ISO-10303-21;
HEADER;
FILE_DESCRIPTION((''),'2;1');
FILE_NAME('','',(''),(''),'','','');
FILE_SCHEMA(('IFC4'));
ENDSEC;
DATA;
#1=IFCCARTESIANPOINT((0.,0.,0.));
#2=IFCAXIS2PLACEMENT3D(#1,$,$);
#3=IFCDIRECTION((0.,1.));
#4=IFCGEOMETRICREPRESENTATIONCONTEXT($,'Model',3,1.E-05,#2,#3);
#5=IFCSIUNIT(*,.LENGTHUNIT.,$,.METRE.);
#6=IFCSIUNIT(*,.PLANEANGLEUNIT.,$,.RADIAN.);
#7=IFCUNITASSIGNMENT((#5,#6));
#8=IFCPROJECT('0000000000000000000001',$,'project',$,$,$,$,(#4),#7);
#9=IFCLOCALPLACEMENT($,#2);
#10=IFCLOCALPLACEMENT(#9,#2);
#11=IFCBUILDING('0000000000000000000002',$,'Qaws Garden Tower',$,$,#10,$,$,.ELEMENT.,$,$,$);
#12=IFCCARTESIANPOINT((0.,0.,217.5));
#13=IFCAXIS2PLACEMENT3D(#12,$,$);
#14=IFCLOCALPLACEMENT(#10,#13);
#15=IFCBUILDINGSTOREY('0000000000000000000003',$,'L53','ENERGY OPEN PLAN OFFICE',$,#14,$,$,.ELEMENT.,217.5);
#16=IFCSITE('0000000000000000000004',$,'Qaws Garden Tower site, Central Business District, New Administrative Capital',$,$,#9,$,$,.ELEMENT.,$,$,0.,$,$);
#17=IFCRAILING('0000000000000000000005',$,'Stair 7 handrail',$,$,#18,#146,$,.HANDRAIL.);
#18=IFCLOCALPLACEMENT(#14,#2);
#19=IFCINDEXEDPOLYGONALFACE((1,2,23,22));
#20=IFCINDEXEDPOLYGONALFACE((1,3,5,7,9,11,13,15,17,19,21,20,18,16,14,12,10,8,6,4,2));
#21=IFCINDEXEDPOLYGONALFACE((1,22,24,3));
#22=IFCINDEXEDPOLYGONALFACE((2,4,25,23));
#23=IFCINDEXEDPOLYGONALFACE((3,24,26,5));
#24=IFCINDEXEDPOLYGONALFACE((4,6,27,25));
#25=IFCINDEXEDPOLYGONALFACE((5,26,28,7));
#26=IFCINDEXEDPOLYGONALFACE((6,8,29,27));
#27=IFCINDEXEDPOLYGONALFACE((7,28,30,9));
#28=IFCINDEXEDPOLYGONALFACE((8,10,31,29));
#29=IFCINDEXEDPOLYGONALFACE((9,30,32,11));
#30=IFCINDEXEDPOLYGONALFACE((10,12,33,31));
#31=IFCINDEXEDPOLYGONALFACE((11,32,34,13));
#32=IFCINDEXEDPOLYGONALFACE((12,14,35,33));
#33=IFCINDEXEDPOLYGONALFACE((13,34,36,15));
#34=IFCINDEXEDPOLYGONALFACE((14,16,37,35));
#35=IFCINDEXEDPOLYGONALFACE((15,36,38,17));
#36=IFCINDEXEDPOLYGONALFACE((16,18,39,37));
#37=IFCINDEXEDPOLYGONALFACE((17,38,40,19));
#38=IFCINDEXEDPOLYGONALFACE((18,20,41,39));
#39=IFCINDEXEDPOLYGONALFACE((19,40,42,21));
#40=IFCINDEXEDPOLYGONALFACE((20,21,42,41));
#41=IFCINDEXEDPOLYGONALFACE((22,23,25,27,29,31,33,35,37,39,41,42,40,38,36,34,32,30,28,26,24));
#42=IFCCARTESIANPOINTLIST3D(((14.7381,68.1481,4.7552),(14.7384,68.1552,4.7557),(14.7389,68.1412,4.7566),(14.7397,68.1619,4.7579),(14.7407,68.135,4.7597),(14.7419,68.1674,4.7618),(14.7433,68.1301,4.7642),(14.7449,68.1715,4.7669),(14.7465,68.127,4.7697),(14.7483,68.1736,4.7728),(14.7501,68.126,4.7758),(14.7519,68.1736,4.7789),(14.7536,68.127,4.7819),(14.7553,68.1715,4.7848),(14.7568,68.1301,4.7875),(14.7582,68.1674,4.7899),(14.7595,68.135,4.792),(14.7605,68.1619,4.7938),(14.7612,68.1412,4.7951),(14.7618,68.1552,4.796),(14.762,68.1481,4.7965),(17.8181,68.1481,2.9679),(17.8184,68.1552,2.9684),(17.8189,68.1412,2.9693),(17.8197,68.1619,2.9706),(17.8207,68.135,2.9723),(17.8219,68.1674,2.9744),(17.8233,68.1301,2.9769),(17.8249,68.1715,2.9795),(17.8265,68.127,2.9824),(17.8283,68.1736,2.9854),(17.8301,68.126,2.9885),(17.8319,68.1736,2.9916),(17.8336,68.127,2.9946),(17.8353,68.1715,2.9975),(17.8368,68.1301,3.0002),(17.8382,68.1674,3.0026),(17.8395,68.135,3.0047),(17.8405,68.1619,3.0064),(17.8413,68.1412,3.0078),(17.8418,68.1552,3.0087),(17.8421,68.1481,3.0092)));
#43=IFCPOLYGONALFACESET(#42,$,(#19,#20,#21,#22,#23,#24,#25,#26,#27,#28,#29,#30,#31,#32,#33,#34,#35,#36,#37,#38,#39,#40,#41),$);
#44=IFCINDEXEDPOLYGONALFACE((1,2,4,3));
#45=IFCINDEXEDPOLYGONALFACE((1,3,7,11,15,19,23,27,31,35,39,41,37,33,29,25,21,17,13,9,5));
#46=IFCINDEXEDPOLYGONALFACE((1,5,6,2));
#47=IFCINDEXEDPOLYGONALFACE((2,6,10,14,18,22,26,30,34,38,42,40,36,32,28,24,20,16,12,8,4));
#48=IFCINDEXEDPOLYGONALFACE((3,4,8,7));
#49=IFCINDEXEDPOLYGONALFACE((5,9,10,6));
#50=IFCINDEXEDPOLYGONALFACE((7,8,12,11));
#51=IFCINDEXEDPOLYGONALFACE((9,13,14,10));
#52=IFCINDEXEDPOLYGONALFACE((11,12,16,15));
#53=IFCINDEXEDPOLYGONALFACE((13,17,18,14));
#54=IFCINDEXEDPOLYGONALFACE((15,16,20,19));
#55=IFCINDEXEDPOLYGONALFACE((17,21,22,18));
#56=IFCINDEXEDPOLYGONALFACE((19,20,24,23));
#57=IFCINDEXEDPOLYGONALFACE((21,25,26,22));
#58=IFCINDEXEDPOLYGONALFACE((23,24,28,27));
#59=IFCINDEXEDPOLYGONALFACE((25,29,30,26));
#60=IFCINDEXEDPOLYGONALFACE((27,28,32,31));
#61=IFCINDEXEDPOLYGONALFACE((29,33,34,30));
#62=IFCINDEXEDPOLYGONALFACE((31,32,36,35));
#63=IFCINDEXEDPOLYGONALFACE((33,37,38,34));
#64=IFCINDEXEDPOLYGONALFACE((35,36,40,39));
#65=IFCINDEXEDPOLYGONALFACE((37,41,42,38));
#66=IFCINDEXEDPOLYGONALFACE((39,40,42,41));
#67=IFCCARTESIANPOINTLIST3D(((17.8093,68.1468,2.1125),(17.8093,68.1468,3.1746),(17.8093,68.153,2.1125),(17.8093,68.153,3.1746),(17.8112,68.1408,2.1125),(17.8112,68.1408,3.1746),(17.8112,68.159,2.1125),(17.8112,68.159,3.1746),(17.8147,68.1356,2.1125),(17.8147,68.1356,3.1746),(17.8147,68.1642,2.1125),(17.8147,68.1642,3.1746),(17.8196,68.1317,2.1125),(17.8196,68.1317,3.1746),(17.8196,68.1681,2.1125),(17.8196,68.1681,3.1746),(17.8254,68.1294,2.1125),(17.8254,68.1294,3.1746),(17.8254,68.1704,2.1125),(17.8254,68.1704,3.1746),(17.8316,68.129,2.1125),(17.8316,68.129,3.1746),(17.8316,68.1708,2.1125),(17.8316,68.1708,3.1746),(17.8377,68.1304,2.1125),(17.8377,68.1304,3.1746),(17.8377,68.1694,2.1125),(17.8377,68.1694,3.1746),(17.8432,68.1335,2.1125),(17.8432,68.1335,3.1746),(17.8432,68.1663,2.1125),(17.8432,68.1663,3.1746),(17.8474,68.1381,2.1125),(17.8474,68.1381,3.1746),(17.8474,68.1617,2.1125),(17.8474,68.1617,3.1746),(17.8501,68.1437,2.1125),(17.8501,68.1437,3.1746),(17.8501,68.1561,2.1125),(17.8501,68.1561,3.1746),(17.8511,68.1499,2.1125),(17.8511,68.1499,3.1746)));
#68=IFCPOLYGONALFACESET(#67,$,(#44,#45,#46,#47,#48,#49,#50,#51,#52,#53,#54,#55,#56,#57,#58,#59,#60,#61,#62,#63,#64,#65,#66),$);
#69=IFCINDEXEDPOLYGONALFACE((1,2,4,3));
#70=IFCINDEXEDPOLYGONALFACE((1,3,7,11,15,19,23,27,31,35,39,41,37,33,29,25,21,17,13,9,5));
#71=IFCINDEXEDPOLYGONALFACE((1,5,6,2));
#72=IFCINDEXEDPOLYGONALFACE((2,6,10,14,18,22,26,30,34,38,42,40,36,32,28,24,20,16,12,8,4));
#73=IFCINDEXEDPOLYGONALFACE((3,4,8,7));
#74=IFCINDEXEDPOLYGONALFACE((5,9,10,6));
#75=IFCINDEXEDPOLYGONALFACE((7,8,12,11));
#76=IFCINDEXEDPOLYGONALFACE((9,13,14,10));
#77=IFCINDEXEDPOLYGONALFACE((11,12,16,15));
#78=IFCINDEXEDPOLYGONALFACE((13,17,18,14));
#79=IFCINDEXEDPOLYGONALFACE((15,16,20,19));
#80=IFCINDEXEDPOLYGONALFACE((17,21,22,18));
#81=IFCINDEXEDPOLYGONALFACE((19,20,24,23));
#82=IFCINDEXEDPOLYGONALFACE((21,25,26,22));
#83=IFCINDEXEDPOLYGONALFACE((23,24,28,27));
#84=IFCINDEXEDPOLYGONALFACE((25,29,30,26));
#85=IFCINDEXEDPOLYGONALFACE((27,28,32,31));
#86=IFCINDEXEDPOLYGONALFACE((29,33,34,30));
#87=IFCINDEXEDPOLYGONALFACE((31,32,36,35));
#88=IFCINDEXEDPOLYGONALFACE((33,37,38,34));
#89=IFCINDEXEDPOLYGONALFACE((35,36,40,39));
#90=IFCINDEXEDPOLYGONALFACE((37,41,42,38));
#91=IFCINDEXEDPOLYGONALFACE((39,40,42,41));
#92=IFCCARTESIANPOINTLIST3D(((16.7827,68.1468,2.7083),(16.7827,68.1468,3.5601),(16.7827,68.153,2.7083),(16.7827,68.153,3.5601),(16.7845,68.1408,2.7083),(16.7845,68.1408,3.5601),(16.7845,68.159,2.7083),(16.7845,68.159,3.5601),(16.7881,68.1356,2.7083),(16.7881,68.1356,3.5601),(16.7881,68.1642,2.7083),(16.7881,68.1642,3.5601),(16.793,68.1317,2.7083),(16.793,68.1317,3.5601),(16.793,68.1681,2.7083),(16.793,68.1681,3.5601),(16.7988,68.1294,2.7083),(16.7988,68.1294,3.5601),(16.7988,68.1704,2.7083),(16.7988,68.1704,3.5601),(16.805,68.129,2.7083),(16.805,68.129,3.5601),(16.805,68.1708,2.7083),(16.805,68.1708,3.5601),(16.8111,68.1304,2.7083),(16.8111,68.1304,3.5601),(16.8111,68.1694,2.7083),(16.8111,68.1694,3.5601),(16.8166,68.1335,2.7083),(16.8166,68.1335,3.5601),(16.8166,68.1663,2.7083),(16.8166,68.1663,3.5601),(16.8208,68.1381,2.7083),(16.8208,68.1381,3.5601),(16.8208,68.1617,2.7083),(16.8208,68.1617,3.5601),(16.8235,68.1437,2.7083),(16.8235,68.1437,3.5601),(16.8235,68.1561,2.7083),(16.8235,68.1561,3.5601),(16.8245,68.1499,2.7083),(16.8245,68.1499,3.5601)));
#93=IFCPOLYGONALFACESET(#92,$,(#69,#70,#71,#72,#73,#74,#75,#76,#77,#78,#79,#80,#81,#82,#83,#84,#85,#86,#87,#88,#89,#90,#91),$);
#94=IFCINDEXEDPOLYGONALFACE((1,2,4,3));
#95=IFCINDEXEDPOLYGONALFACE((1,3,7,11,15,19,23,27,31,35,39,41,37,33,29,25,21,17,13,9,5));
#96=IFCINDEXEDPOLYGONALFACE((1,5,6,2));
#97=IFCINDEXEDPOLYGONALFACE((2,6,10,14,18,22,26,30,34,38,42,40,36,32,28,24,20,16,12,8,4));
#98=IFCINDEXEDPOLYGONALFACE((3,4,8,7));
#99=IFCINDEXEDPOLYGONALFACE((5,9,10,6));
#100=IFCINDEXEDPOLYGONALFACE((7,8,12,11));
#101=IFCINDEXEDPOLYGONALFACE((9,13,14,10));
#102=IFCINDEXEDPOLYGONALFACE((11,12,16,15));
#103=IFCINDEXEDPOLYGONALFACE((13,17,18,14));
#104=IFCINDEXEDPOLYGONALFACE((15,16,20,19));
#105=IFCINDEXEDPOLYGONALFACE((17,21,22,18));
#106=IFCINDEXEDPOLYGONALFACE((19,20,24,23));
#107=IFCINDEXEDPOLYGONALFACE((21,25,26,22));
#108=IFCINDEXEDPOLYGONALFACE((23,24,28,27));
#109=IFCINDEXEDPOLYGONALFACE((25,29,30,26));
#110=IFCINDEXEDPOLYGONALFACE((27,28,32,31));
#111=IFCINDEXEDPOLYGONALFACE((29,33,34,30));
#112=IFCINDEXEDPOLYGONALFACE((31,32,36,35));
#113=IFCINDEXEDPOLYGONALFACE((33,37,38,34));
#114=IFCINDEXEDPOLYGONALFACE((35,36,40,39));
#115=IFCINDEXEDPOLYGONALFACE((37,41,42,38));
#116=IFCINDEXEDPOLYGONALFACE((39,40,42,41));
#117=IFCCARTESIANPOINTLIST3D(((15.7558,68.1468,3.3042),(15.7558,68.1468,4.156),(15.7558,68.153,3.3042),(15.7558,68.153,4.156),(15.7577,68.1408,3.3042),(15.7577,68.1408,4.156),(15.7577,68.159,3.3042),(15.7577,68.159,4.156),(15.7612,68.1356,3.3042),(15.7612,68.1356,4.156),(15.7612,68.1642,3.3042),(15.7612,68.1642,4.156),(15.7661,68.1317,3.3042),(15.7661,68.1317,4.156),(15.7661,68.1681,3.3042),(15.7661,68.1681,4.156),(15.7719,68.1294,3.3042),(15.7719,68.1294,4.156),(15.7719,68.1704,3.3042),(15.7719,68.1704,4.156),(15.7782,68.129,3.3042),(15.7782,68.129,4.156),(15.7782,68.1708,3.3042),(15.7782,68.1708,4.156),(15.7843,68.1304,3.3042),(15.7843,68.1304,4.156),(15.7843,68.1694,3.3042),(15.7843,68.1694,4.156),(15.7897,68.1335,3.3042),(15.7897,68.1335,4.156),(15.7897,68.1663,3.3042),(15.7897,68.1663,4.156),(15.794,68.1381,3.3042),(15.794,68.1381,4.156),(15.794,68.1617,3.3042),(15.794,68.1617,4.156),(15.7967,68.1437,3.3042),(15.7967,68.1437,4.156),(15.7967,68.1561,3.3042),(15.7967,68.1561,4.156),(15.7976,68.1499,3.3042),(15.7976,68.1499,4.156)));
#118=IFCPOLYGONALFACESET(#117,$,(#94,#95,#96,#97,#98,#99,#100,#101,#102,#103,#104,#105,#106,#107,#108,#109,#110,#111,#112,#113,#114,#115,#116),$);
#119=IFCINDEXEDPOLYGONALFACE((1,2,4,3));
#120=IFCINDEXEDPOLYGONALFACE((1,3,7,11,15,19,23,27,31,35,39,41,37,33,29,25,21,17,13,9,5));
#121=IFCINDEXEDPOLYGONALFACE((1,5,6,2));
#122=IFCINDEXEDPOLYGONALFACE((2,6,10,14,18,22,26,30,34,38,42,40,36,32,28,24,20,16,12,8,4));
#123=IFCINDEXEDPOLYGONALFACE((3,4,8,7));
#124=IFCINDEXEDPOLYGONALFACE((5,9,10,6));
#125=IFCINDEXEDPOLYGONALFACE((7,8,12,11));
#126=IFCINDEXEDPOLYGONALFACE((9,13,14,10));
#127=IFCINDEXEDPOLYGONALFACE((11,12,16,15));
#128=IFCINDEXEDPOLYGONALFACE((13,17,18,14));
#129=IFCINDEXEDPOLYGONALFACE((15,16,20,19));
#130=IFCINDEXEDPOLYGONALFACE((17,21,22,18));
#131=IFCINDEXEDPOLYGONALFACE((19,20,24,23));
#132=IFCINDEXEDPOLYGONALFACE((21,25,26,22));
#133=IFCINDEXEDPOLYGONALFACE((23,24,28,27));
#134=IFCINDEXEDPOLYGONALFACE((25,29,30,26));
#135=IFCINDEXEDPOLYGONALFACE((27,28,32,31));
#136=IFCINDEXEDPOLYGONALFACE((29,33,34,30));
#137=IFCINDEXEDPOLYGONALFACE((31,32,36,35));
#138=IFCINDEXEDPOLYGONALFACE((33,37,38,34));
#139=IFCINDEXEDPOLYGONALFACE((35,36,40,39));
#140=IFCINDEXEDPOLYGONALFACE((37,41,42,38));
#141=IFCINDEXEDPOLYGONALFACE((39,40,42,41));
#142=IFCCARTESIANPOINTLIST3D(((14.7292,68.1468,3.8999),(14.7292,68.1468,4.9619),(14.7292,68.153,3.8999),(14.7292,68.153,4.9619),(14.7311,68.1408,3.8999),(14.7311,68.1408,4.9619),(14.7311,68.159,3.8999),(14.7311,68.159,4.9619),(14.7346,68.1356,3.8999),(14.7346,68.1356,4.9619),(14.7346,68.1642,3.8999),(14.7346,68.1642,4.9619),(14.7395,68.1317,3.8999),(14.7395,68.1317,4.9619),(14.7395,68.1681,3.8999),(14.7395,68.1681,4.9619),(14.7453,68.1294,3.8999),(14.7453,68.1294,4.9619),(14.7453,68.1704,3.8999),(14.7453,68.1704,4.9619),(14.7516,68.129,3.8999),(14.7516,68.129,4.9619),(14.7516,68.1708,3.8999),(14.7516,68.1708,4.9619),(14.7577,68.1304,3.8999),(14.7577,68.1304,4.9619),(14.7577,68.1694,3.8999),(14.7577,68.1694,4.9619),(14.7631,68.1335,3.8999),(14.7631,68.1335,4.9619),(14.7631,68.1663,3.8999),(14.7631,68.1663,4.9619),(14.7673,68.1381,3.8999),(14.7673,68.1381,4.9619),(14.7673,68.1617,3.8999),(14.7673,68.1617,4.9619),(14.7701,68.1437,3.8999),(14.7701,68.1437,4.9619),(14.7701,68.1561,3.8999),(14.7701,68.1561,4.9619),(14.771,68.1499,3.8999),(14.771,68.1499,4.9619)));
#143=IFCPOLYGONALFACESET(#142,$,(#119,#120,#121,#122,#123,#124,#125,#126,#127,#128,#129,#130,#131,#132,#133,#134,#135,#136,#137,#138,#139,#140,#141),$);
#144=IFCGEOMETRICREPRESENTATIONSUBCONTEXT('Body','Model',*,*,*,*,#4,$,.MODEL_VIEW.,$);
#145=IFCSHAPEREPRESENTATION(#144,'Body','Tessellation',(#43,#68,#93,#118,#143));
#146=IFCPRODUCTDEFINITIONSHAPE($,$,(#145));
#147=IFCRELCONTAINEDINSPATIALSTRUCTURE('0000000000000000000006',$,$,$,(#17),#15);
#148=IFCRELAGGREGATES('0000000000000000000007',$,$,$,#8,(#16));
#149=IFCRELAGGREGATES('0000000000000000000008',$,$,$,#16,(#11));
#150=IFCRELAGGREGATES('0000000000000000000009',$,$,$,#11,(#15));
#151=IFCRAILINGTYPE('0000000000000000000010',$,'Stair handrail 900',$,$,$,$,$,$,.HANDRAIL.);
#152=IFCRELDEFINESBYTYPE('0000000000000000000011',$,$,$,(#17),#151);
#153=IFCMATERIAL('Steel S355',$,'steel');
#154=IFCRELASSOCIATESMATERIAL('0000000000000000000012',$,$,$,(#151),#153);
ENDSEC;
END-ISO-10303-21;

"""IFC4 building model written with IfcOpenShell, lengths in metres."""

from ifc_helpers import new_model, si_unit, direction, frame, origin, origin_2d, place, context, subcontext, project, spatial, circle, extrude, material, type_object, element, save


model = new_model("IFC4")

# Units and contexts
model_context = context("Model", 3, precision=1e-05, world=origin(), true_north=direction((0.0, 1.0)))
body_context = subcontext(model_context, "Body", "Model", "MODEL_VIEW")
ifc_project = project(units=[si_unit("LENGTHUNIT", "METRE"), si_unit("PLANEANGLEUNIT", "RADIAN")], contexts=[model_context])

# Site, building, storey
site_placement = place(None, origin())
site = spatial("IfcSite", under=ifc_project, at=site_placement, Name="Qaws Garden Tower site, Central Business District, New Administrative Capital", CompositionType="ELEMENT", RefElevation=0.0)
building_placement = place(site_placement, origin())
building = spatial("IfcBuilding", under=site, at=building_placement, Name="Qaws Garden Tower", CompositionType="ELEMENT")
storey_placement = place(building_placement, frame((0.0, 0.0, 217.5)))
storey = spatial("IfcBuildingStorey", under=building, at=storey_placement, Name="L53", Description="ENERGY OPEN PLAN OFFICE", CompositionType="ELEMENT", Elevation=217.5)

# Railing
ifc_material_1 = material(Name="Steel S355", Category="steel")
railing_type = type_object("IfcRailingType", Name="Stair handrail 900", PredefinedType="HANDRAIL", material=ifc_material_1)
railing_placement = place(storey_placement, frame((17.8301, 68.1499, 2.1125)))
element("IfcRailing", 1, at=railing_placement, inside=storey, type_object=railing_type, Name="Stair 7 handrail", PredefinedType="HANDRAIL", context=body_context, shape_type="SweptSolid", body=[
    extrude(circle(Radius=0.0239, at=origin_2d()), frame((0.0, 0.0, 0.876), z_axis=(-0.86492, 0.0, 0.501909), x_axis=(0.0, -1.0, 0.0)), (0.0, 0.0, 1.0), 3.561),
    extrude(circle(Radius=0.021, at=origin_2d()), origin(), (0.0, 0.0, 1.0), 1.062),
    extrude(circle(Radius=0.021, at=origin_2d()), frame((-1.0266, 0.0, 0.5957)), (0.0, 0.0, 1.0), 0.8518),
    extrude(circle(Radius=0.021, at=origin_2d()), frame((-2.0535, 0.0, 1.1917)), (0.0, 0.0, 1.0), 0.8518),
    extrude(circle(Radius=0.021, at=origin_2d()), frame((-3.0801, 0.0, 1.7874)), (0.0, 0.0, 1.0), 1.062),
])

save(model, "model.ifc")
